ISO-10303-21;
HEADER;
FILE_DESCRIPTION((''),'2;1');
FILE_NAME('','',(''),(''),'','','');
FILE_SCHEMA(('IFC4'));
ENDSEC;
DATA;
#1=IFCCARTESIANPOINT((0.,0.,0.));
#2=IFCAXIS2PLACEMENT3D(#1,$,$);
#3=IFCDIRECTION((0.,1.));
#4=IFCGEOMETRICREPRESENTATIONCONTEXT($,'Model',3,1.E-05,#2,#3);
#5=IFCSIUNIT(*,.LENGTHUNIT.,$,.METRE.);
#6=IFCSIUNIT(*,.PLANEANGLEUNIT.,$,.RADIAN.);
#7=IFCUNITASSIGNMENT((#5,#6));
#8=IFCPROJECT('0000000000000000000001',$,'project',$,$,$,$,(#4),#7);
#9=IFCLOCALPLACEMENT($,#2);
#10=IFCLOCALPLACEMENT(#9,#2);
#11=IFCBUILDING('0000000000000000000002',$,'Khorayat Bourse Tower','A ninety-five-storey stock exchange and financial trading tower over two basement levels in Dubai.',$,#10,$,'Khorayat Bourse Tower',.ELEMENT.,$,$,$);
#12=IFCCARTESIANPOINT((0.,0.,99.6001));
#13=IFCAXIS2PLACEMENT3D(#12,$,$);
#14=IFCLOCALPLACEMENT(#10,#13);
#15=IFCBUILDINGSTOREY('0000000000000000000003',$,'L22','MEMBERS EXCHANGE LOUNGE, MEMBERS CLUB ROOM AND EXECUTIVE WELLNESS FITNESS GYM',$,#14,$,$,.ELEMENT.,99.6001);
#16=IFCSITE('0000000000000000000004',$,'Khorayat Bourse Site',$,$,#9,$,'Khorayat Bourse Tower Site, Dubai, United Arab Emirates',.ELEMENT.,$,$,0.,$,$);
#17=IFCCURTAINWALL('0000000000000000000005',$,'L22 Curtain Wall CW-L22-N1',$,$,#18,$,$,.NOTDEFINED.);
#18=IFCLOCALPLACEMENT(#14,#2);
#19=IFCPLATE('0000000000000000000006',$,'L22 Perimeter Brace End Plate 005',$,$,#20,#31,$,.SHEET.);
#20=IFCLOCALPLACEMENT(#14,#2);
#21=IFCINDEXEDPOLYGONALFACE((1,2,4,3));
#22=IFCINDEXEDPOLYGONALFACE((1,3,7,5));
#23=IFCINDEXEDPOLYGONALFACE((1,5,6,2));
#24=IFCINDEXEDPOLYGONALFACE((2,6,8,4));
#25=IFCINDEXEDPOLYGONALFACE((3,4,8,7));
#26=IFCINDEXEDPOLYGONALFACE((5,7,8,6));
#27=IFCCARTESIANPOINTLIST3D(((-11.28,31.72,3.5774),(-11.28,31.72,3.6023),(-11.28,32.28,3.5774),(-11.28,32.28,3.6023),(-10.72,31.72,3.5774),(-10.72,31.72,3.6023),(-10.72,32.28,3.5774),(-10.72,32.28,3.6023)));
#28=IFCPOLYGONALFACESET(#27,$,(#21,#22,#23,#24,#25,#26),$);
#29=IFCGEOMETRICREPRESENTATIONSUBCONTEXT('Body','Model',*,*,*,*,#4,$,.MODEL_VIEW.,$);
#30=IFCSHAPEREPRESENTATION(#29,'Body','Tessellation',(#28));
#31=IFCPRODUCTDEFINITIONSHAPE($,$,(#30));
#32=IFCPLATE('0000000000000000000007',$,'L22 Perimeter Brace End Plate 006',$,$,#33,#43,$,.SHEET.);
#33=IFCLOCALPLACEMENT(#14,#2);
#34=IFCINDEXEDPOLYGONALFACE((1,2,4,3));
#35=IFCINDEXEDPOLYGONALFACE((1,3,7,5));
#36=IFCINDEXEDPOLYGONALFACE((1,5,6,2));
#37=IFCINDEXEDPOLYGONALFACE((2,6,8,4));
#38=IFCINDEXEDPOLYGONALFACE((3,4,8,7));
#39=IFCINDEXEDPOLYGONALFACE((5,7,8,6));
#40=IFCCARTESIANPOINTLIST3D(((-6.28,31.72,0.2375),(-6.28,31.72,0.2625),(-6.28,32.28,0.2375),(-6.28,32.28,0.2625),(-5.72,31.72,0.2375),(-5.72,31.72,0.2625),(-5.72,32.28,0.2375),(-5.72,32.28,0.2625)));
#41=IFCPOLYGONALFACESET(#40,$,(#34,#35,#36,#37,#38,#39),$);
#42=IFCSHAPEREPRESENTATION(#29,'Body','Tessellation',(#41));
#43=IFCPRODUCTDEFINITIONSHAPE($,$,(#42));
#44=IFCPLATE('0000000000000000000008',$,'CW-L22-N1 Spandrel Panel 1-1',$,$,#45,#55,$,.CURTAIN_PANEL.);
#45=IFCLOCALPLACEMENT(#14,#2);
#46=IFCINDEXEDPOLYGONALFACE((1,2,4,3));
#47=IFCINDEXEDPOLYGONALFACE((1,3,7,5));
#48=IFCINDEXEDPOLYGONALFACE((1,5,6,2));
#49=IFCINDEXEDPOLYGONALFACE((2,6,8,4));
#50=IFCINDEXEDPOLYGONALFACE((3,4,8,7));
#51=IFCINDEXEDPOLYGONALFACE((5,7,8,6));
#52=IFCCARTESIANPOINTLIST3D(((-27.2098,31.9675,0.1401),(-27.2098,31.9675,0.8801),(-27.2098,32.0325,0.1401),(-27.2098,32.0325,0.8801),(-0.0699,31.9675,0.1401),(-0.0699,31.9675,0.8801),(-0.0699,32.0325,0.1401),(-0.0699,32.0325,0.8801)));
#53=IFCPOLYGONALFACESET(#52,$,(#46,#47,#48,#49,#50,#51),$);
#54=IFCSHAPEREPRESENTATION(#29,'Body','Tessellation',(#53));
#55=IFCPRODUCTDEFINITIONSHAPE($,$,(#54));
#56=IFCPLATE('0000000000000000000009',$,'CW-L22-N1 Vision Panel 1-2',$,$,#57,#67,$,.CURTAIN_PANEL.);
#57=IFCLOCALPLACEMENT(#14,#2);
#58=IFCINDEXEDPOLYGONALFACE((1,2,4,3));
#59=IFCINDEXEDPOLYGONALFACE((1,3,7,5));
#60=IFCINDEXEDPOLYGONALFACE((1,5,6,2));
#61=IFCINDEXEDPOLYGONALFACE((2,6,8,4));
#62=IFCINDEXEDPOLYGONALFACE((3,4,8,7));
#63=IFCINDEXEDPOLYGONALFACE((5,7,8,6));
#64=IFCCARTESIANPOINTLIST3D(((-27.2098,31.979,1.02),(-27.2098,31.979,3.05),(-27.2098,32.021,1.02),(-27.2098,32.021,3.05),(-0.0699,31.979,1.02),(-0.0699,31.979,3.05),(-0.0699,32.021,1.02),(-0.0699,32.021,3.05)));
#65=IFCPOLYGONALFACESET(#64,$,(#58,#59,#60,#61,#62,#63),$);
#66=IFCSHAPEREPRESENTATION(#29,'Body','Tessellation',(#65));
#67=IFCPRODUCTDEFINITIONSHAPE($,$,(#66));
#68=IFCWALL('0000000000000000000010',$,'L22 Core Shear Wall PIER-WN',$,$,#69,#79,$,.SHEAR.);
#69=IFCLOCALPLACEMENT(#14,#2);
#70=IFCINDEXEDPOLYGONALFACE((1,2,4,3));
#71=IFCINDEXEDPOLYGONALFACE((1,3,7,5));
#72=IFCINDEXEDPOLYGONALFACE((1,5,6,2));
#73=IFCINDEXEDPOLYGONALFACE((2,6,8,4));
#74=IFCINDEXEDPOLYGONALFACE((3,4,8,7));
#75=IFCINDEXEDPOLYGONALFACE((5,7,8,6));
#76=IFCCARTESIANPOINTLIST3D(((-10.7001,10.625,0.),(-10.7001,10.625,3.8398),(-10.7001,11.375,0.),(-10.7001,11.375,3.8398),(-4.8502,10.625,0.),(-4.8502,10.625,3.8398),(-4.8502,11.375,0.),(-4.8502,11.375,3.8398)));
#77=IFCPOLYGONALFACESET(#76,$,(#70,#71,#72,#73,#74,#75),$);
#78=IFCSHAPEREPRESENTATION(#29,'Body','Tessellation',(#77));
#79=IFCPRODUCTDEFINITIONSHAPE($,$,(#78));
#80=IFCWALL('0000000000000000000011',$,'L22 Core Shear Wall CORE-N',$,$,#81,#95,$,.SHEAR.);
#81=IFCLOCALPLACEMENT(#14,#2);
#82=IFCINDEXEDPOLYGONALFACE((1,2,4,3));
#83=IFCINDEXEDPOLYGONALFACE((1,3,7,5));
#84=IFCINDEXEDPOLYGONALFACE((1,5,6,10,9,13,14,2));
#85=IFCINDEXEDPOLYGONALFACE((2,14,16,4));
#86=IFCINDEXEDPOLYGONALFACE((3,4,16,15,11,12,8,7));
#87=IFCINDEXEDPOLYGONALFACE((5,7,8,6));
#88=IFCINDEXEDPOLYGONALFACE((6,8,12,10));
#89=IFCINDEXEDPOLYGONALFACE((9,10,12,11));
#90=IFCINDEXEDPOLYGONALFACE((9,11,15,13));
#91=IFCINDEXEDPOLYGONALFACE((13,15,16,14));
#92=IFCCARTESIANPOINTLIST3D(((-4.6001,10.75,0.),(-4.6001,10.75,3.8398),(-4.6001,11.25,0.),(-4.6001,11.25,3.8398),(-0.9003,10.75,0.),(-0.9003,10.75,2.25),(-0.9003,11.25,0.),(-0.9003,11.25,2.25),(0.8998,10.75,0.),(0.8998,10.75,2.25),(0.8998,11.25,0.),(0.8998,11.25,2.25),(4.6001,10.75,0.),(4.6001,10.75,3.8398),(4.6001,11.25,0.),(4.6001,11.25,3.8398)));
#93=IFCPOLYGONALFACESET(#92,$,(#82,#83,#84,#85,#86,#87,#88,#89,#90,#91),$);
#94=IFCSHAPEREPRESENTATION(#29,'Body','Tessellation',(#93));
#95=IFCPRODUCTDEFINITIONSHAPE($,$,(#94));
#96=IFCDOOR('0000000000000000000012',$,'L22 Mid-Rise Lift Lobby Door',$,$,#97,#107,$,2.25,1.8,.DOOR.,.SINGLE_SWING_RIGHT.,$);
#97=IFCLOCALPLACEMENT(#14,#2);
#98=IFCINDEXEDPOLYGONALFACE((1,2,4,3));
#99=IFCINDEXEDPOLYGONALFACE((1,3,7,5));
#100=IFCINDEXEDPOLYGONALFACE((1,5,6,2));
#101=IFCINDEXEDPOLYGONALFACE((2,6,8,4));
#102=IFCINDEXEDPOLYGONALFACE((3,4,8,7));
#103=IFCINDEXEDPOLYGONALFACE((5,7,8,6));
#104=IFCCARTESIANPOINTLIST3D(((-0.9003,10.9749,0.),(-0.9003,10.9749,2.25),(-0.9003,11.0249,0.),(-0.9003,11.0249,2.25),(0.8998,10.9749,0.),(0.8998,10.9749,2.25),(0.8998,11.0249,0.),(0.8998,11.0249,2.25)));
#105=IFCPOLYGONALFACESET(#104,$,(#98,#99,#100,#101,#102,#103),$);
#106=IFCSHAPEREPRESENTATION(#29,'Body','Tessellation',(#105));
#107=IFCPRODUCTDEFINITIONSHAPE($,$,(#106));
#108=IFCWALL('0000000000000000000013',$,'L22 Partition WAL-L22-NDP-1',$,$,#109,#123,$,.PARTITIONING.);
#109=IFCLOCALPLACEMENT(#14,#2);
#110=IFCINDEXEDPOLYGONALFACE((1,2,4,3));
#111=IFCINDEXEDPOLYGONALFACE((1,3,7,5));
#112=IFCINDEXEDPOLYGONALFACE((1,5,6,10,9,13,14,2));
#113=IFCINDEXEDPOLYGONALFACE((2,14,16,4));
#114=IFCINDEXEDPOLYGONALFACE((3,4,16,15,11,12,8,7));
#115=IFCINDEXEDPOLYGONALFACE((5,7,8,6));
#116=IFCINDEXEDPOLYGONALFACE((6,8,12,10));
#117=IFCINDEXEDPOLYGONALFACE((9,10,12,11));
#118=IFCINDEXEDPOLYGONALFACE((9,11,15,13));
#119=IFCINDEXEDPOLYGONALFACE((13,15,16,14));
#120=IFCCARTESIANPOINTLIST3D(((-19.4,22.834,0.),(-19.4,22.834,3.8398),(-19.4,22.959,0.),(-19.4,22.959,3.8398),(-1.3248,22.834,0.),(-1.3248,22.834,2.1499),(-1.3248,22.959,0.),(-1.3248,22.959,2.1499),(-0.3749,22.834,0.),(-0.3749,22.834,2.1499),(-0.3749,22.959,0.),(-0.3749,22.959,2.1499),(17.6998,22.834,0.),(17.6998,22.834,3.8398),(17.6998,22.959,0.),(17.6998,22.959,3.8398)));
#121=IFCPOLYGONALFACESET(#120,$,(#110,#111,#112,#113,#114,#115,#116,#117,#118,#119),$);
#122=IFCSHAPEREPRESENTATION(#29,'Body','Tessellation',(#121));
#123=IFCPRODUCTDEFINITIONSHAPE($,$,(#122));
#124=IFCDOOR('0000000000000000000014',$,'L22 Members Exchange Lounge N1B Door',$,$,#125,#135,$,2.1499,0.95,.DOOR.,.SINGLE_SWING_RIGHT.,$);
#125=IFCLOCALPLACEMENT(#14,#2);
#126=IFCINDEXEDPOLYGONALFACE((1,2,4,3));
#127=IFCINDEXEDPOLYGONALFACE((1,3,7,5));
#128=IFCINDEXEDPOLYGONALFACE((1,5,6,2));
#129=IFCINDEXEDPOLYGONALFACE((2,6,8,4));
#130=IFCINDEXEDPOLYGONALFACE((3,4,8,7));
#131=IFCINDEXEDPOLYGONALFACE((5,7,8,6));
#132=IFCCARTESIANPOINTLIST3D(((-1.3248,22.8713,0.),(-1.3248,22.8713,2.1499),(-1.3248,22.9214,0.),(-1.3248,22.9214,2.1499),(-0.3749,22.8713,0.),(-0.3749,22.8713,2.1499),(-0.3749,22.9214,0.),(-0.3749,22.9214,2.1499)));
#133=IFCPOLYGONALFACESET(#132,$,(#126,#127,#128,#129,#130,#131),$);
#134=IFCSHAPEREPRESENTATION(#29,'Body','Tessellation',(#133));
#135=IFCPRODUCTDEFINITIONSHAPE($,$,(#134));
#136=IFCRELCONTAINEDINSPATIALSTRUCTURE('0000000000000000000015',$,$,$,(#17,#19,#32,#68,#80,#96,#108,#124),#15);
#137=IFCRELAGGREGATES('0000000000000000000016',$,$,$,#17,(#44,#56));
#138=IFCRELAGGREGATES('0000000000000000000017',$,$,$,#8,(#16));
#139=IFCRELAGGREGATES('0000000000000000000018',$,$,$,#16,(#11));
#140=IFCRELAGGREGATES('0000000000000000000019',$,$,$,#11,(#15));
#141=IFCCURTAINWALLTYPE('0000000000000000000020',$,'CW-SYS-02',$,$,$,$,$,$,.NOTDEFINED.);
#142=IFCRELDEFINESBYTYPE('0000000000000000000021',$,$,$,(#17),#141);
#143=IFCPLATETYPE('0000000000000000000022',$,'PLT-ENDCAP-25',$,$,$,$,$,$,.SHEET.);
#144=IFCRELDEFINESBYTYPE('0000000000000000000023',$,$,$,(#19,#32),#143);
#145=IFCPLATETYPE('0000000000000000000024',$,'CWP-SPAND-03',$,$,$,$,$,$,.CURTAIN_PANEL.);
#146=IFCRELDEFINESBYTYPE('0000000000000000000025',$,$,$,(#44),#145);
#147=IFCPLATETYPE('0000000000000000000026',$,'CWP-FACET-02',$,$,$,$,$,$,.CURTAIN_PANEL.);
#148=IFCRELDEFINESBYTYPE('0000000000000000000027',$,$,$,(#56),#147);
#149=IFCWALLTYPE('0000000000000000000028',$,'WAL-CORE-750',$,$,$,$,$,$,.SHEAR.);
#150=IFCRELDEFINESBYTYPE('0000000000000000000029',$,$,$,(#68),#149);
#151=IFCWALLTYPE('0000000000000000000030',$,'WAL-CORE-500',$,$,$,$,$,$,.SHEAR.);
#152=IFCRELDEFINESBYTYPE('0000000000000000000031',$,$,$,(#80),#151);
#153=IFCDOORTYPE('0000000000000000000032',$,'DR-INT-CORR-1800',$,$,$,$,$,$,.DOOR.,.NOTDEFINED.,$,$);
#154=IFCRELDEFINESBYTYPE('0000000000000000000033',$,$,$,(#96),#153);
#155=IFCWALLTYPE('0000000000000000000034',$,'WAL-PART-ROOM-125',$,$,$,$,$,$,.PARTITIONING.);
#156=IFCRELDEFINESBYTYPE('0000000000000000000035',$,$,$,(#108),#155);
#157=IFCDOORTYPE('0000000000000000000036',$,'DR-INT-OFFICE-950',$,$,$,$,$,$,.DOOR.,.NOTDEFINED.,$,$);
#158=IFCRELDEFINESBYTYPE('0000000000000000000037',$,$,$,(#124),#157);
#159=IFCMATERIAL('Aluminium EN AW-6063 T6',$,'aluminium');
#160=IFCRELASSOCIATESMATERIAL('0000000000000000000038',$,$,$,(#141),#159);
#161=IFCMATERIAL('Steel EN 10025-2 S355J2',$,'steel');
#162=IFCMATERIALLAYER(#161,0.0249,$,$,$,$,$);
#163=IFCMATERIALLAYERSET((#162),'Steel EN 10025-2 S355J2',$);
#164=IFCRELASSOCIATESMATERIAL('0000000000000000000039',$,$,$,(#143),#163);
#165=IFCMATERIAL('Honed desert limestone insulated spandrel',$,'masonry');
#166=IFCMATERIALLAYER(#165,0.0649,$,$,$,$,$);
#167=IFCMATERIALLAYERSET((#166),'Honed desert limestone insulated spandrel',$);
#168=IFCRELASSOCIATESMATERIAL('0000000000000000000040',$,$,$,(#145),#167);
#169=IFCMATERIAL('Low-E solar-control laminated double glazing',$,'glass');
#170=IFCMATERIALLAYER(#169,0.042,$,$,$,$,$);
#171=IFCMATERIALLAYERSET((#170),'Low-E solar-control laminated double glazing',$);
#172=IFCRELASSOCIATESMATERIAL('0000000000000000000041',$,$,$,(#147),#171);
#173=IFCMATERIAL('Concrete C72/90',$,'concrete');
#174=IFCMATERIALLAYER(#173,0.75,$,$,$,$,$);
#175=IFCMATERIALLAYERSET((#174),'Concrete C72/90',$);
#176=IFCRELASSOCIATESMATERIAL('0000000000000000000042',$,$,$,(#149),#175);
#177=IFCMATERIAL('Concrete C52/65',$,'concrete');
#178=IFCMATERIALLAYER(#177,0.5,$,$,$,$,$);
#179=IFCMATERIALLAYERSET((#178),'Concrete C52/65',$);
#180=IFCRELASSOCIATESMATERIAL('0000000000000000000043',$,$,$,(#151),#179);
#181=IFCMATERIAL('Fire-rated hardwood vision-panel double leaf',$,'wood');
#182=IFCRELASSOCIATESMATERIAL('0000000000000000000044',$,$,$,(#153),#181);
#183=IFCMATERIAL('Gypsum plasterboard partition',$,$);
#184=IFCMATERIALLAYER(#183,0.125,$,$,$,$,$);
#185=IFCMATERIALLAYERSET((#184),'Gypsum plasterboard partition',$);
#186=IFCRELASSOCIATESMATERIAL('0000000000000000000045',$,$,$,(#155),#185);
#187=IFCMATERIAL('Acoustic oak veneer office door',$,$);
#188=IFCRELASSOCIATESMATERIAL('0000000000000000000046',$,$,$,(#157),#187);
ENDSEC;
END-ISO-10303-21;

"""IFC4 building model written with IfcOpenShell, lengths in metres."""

from ifc_helpers import new_model, si_unit, direction, frame, frame_2d, origin, origin_2d, place, context, subcontext, project, spatial, rectangle, extrude, source, transform, mapped, material, layer, layer_set, type_object, element, fill, aggregate, save


model = new_model("IFC4")

# Units and contexts
model_context = context("Model", 3, precision=1e-05, world=origin(), true_north=direction((0.0, 1.0)))
body_context = subcontext(model_context, "Body", "Model", "MODEL_VIEW")
ifc_project = project(units=[si_unit("LENGTHUNIT", "METRE"), si_unit("PLANEANGLEUNIT", "RADIAN")], contexts=[model_context])

# Site, building, storey
site_placement = place(None, origin())
site = spatial("IfcSite", under=ifc_project, at=site_placement, Name="Khorayat Bourse Site", LongName="Khorayat Bourse Tower Site, Dubai, United Arab Emirates", CompositionType="ELEMENT", RefElevation=0.0)
building_placement = place(site_placement, origin())
building = spatial("IfcBuilding", under=site, at=building_placement, Name="Khorayat Bourse Tower", Description="A ninety-five-storey stock exchange and financial trading tower over two basement levels in Dubai.", LongName="Khorayat Bourse Tower", CompositionType="ELEMENT")
storey_placement = place(building_placement, frame((0.0, 0.0, 99.6001)))
storey = spatial("IfcBuildingStorey", under=building, at=storey_placement, Name="L22", Description="MEMBERS EXCHANGE LOUNGE, MEMBERS CLUB ROOM AND EXECUTIVE WELLNESS FITNESS GYM", CompositionType="ELEMENT", Elevation=99.6001)

# Shared definitions
ifc_material_1 = material(Name="Concrete C72/90", Category="concrete")

# Curtain wall
ifc_material_2 = material(Name="Aluminium EN AW-6063 T6", Category="aluminium")
curtain_wall_type = type_object("IfcCurtainWallType", Name="CW-SYS-02", PredefinedType="NOTDEFINED", material=ifc_material_2)
curtain_wall_placement = place(storey_placement, origin())
curtain_wall = element("IfcCurtainWall", 1, at=curtain_wall_placement, inside=storey, type_object=curtain_wall_type, Name="L22 Curtain Wall CW-L22-N1", PredefinedType="NOTDEFINED")

# Plates
ifc_material_3 = material(Name="Steel EN 10025-2 S355J2", Category="steel")
ifc_layer_1 = layer(ifc_material_3, 0.0249)
ifc_layer_set_1 = layer_set([ifc_layer_1], Name="Steel EN 10025-2 S355J2")
plate_type_1 = type_object("IfcPlateType", Name="PLT-ENDCAP-25", PredefinedType="SHEET", material=ifc_layer_set_1)
shared_shape_1 = source(origin(), body_context, "Body", "SweptSolid", [
    extrude(rectangle(XDim=0.5601, YDim=0.5601, at=origin_2d()), origin(), (0.0, 0.0, 1.0), 0.0249),
])
for number, where, z_axis, x_axis, name in (
    (2, (-11.0, 32.0, 3.5774), (0.0, 0.0, 1.0), (1.0, 0.0, 0.0), "L22 Perimeter Brace End Plate 005"),
    (3, (-6.0, 32.0, 0.2375), (0.0, 0.0, 1.0), (1.0, 0.0, 0.0), "L22 Perimeter Brace End Plate 006"),
):
    element("IfcPlate", number, at=place(storey_placement, frame(where, z_axis=z_axis, x_axis=x_axis)), inside=storey, type_object=plate_type_1, Name=name, PredefinedType="SHEET", context=body_context, shape_type="MappedRepresentation", body=[
        mapped(shared_shape_1, transform((0.0, 0.0, 0.0), scale=1.0)),
    ])

# Plates
ifc_material_4 = material(Name="Honed desert limestone insulated spandrel", Category="masonry")
ifc_layer_2 = layer(ifc_material_4, 0.0649)
ifc_layer_set_2 = layer_set([ifc_layer_2], Name="Honed desert limestone insulated spandrel")
plate_type_2 = type_object("IfcPlateType", Name="CWP-SPAND-03", PredefinedType="CURTAIN_PANEL", material=ifc_layer_set_2)
shared_shape_2 = source(origin(), body_context, "Body", "SweptSolid", [
    extrude(rectangle(XDim=27.1399, YDim=0.0649, at=origin_2d()), origin(), (0.0, 0.0, 1.0), 0.74),
])
plate_1_placement = place(storey_placement, frame((-13.6399, 32.0, 0.1401), z_axis=(0.0, 0.0, 1.0), x_axis=(1.0, 0.0, 0.0)))
plate_1 = element("IfcPlate", 4, at=plate_1_placement, type_object=plate_type_2, Name="CW-L22-N1 Spandrel Panel 1-1", PredefinedType="CURTAIN_PANEL", context=body_context, shape_type="MappedRepresentation", body=[
    mapped(shared_shape_2, transform((0.0, 0.0, 0.0), scale=1.0)),
])
ifc_material_5 = material(Name="Low-E solar-control laminated double glazing", Category="glass")
ifc_layer_3 = layer(ifc_material_5, 0.042)
ifc_layer_set_3 = layer_set([ifc_layer_3], Name="Low-E solar-control laminated double glazing")
plate_type_3 = type_object("IfcPlateType", Name="CWP-FACET-02", PredefinedType="CURTAIN_PANEL", material=ifc_layer_set_3)
shared_shape_3 = source(origin(), body_context, "Body", "SweptSolid", [
    extrude(rectangle(XDim=27.1399, YDim=0.042, at=origin_2d()), origin(), (0.0, 0.0, 1.0), 2.03),
])
plate_2_placement = place(storey_placement, frame((-13.6399, 32.0, 1.02), z_axis=(0.0, 0.0, 1.0), x_axis=(1.0, 0.0, 0.0)))
plate_2 = element("IfcPlate", 5, at=plate_2_placement, type_object=plate_type_3, Name="CW-L22-N1 Vision Panel 1-2", PredefinedType="CURTAIN_PANEL", context=body_context, shape_type="MappedRepresentation", body=[
    mapped(shared_shape_3, transform((0.0, 0.0, 0.0), scale=1.0)),
])
aggregate(curtain_wall, [plate_1, plate_2])

# Wall
ifc_layer_4 = layer(ifc_material_1, 0.75)
ifc_layer_set_4 = layer_set([ifc_layer_4], Name="Concrete C72/90")
wall_type_1 = type_object("IfcWallType", Name="WAL-CORE-750", PredefinedType="SHEAR", material=ifc_layer_set_4)
shared_shape_4 = source(origin(), body_context, "Body", "SweptSolid", [
    extrude(rectangle(XDim=5.8499, YDim=0.75, at=frame_2d((2.9248, 0.0))), origin(), (0.0, 0.0, 1.0), 3.8398),
])
wall_1_placement = place(storey_placement, frame((-10.7, 11.0, 0.0), z_axis=(0.0, 0.0, 1.0), x_axis=(1.0, 0.0, 0.0)))
element("IfcWall", 6, at=wall_1_placement, inside=storey, type_object=wall_type_1, Name="L22 Core Shear Wall PIER-WN", PredefinedType="SHEAR", context=body_context, shape_type="MappedRepresentation", body=[
    mapped(shared_shape_4, transform((0.0, 0.0, 0.0), scale=1.0)),
])

# Walls, openings, doors
ifc_material_6 = material(Name="Concrete C52/65", Category="concrete")
ifc_layer_5 = layer(ifc_material_6, 0.5)
ifc_layer_set_5 = layer_set([ifc_layer_5], Name="Concrete C52/65")
wall_type_2 = type_object("IfcWallType", Name="WAL-CORE-500", PredefinedType="SHEAR", material=ifc_layer_set_5)
shared_shape_5 = source(origin(), body_context, "Body", "SweptSolid", [
    extrude(rectangle(XDim=9.2002, YDim=0.5, at=frame_2d((4.6001, 0.0))), origin(), (0.0, 0.0, 1.0), 3.8398),
])
wall_2_placement = place(storey_placement, frame((-4.6001, 11.0, 0.0), z_axis=(0.0, 0.0, 1.0), x_axis=(1.0, 0.0, 0.0)))
wall_2 = element("IfcWall", 7, at=wall_2_placement, inside=storey, type_object=wall_type_2, Name="L22 Core Shear Wall CORE-N", PredefinedType="SHEAR", context=body_context, shape_type="MappedRepresentation", body=[
    mapped(shared_shape_5, transform((0.0, 0.0, 0.0), scale=1.0)),
])
shared_shape_6 = source(origin(), body_context, "Body", "SweptSolid", [
    extrude(rectangle(XDim=1.8, YDim=2.25, at=frame_2d((0.8999, 1.125))), frame((0.0, 0.26, 0.0), z_axis=(0.0, -1.0, 0.0), x_axis=(1.0, 0.0, 0.0)), (0.0, 0.0, 1.0), 0.52),
])
opening_1_placement = place(wall_2_placement, frame((3.7, 0.0, 0.0)))
opening_1 = element("IfcOpeningElement", 8, at=opening_1_placement, cuts=wall_2, PredefinedType="OPENING", context=body_context, shape_type="MappedRepresentation", body=[
    mapped(shared_shape_6, transform((0.0, 0.0, 0.0), scale=1.0)),
])
ifc_material_7 = material(Name="Fire-rated hardwood vision-panel double leaf", Category="wood")
door_type_1 = type_object("IfcDoorType", Name="DR-INT-CORR-1800", OperationType="NOTDEFINED", PredefinedType="DOOR", material=ifc_material_7)
shared_shape_7 = source(origin(), body_context, "Body", "SweptSolid", [
    extrude(rectangle(XDim=1.8, YDim=2.25, at=frame_2d((0.8999, 1.125))), frame((0.0, 0.0249, 0.0), z_axis=(0.0, -1.0, 0.0), x_axis=(1.0, 0.0, 0.0)), (0.0, 0.0, 1.0), 0.05),
])
door_1_placement = place(opening_1_placement, origin())
door_1 = element("IfcDoor", 9, at=door_1_placement, inside=storey, type_object=door_type_1, Name="L22 Mid-Rise Lift Lobby Door", OperationType="SINGLE_SWING_RIGHT", OverallHeight=2.25, OverallWidth=1.8, PredefinedType="DOOR", context=body_context, shape_type="MappedRepresentation", body=[
    mapped(shared_shape_7, transform((0.0, 0.0, 0.0), scale=1.0)),
])
fill(opening_1, door_1)
ifc_material_8 = material(Name="Gypsum plasterboard partition")
ifc_layer_6 = layer(ifc_material_8, 0.125)
ifc_layer_set_6 = layer_set([ifc_layer_6], Name="Gypsum plasterboard partition")
wall_type_3 = type_object("IfcWallType", Name="WAL-PART-ROOM-125", PredefinedType="PARTITIONING", material=ifc_layer_set_6)
shared_shape_8 = source(origin(), body_context, "Body", "SweptSolid", [
    extrude(rectangle(XDim=37.0999, YDim=0.125, at=frame_2d((18.5498, 0.0))), origin(), (0.0, 0.0, 1.0), 3.8398),
])
wall_3_placement = place(storey_placement, frame((-19.3999, 22.8965, 0.0), z_axis=(0.0, 0.0, 1.0), x_axis=(1.0, 0.0, 0.0)))
wall_3 = element("IfcWall", 10, at=wall_3_placement, inside=storey, type_object=wall_type_3, Name="L22 Partition WAL-L22-NDP-1", PredefinedType="PARTITIONING", context=body_context, shape_type="MappedRepresentation", body=[
    mapped(shared_shape_8, transform((0.0, 0.0, 0.0), scale=1.0)),
])
shared_shape_9 = source(origin(), body_context, "Body", "SweptSolid", [
    extrude(rectangle(XDim=0.95, YDim=2.1499, at=frame_2d((0.4751, 1.075))), frame((0.0, 0.0725, 0.0), z_axis=(0.0, -1.0, 0.0), x_axis=(1.0, 0.0, 0.0)), (0.0, 0.0, 1.0), 0.145),
])
opening_2_placement = place(wall_3_placement, frame((18.075, 0.0, 0.0)))
opening_2 = element("IfcOpeningElement", 11, at=opening_2_placement, cuts=wall_3, PredefinedType="OPENING", context=body_context, shape_type="MappedRepresentation", body=[
    mapped(shared_shape_9, transform((0.0, 0.0, 0.0), scale=1.0)),
])
ifc_material_9 = material(Name="Acoustic oak veneer office door")
door_type_2 = type_object("IfcDoorType", Name="DR-INT-OFFICE-950", OperationType="NOTDEFINED", PredefinedType="DOOR", material=ifc_material_9)
shared_shape_10 = source(origin(), body_context, "Body", "SweptSolid", [
    extrude(rectangle(XDim=0.95, YDim=2.1499, at=frame_2d((0.4751, 1.075))), frame((0.0, 0.0249, 0.0), z_axis=(0.0, -1.0, 0.0), x_axis=(1.0, 0.0, 0.0)), (0.0, 0.0, 1.0), 0.05),
])
door_2_placement = place(opening_2_placement, origin())
door_2 = element("IfcDoor", 12, at=door_2_placement, inside=storey, type_object=door_type_2, Name="L22 Members Exchange Lounge N1B Door", OperationType="SINGLE_SWING_RIGHT", OverallHeight=2.1499, OverallWidth=0.95, PredefinedType="DOOR", context=body_context, shape_type="MappedRepresentation", body=[
    mapped(shared_shape_10, transform((0.0, 0.0, 0.0), scale=1.0)),
])
fill(opening_2, door_2)

save(model, "model.ifc")
